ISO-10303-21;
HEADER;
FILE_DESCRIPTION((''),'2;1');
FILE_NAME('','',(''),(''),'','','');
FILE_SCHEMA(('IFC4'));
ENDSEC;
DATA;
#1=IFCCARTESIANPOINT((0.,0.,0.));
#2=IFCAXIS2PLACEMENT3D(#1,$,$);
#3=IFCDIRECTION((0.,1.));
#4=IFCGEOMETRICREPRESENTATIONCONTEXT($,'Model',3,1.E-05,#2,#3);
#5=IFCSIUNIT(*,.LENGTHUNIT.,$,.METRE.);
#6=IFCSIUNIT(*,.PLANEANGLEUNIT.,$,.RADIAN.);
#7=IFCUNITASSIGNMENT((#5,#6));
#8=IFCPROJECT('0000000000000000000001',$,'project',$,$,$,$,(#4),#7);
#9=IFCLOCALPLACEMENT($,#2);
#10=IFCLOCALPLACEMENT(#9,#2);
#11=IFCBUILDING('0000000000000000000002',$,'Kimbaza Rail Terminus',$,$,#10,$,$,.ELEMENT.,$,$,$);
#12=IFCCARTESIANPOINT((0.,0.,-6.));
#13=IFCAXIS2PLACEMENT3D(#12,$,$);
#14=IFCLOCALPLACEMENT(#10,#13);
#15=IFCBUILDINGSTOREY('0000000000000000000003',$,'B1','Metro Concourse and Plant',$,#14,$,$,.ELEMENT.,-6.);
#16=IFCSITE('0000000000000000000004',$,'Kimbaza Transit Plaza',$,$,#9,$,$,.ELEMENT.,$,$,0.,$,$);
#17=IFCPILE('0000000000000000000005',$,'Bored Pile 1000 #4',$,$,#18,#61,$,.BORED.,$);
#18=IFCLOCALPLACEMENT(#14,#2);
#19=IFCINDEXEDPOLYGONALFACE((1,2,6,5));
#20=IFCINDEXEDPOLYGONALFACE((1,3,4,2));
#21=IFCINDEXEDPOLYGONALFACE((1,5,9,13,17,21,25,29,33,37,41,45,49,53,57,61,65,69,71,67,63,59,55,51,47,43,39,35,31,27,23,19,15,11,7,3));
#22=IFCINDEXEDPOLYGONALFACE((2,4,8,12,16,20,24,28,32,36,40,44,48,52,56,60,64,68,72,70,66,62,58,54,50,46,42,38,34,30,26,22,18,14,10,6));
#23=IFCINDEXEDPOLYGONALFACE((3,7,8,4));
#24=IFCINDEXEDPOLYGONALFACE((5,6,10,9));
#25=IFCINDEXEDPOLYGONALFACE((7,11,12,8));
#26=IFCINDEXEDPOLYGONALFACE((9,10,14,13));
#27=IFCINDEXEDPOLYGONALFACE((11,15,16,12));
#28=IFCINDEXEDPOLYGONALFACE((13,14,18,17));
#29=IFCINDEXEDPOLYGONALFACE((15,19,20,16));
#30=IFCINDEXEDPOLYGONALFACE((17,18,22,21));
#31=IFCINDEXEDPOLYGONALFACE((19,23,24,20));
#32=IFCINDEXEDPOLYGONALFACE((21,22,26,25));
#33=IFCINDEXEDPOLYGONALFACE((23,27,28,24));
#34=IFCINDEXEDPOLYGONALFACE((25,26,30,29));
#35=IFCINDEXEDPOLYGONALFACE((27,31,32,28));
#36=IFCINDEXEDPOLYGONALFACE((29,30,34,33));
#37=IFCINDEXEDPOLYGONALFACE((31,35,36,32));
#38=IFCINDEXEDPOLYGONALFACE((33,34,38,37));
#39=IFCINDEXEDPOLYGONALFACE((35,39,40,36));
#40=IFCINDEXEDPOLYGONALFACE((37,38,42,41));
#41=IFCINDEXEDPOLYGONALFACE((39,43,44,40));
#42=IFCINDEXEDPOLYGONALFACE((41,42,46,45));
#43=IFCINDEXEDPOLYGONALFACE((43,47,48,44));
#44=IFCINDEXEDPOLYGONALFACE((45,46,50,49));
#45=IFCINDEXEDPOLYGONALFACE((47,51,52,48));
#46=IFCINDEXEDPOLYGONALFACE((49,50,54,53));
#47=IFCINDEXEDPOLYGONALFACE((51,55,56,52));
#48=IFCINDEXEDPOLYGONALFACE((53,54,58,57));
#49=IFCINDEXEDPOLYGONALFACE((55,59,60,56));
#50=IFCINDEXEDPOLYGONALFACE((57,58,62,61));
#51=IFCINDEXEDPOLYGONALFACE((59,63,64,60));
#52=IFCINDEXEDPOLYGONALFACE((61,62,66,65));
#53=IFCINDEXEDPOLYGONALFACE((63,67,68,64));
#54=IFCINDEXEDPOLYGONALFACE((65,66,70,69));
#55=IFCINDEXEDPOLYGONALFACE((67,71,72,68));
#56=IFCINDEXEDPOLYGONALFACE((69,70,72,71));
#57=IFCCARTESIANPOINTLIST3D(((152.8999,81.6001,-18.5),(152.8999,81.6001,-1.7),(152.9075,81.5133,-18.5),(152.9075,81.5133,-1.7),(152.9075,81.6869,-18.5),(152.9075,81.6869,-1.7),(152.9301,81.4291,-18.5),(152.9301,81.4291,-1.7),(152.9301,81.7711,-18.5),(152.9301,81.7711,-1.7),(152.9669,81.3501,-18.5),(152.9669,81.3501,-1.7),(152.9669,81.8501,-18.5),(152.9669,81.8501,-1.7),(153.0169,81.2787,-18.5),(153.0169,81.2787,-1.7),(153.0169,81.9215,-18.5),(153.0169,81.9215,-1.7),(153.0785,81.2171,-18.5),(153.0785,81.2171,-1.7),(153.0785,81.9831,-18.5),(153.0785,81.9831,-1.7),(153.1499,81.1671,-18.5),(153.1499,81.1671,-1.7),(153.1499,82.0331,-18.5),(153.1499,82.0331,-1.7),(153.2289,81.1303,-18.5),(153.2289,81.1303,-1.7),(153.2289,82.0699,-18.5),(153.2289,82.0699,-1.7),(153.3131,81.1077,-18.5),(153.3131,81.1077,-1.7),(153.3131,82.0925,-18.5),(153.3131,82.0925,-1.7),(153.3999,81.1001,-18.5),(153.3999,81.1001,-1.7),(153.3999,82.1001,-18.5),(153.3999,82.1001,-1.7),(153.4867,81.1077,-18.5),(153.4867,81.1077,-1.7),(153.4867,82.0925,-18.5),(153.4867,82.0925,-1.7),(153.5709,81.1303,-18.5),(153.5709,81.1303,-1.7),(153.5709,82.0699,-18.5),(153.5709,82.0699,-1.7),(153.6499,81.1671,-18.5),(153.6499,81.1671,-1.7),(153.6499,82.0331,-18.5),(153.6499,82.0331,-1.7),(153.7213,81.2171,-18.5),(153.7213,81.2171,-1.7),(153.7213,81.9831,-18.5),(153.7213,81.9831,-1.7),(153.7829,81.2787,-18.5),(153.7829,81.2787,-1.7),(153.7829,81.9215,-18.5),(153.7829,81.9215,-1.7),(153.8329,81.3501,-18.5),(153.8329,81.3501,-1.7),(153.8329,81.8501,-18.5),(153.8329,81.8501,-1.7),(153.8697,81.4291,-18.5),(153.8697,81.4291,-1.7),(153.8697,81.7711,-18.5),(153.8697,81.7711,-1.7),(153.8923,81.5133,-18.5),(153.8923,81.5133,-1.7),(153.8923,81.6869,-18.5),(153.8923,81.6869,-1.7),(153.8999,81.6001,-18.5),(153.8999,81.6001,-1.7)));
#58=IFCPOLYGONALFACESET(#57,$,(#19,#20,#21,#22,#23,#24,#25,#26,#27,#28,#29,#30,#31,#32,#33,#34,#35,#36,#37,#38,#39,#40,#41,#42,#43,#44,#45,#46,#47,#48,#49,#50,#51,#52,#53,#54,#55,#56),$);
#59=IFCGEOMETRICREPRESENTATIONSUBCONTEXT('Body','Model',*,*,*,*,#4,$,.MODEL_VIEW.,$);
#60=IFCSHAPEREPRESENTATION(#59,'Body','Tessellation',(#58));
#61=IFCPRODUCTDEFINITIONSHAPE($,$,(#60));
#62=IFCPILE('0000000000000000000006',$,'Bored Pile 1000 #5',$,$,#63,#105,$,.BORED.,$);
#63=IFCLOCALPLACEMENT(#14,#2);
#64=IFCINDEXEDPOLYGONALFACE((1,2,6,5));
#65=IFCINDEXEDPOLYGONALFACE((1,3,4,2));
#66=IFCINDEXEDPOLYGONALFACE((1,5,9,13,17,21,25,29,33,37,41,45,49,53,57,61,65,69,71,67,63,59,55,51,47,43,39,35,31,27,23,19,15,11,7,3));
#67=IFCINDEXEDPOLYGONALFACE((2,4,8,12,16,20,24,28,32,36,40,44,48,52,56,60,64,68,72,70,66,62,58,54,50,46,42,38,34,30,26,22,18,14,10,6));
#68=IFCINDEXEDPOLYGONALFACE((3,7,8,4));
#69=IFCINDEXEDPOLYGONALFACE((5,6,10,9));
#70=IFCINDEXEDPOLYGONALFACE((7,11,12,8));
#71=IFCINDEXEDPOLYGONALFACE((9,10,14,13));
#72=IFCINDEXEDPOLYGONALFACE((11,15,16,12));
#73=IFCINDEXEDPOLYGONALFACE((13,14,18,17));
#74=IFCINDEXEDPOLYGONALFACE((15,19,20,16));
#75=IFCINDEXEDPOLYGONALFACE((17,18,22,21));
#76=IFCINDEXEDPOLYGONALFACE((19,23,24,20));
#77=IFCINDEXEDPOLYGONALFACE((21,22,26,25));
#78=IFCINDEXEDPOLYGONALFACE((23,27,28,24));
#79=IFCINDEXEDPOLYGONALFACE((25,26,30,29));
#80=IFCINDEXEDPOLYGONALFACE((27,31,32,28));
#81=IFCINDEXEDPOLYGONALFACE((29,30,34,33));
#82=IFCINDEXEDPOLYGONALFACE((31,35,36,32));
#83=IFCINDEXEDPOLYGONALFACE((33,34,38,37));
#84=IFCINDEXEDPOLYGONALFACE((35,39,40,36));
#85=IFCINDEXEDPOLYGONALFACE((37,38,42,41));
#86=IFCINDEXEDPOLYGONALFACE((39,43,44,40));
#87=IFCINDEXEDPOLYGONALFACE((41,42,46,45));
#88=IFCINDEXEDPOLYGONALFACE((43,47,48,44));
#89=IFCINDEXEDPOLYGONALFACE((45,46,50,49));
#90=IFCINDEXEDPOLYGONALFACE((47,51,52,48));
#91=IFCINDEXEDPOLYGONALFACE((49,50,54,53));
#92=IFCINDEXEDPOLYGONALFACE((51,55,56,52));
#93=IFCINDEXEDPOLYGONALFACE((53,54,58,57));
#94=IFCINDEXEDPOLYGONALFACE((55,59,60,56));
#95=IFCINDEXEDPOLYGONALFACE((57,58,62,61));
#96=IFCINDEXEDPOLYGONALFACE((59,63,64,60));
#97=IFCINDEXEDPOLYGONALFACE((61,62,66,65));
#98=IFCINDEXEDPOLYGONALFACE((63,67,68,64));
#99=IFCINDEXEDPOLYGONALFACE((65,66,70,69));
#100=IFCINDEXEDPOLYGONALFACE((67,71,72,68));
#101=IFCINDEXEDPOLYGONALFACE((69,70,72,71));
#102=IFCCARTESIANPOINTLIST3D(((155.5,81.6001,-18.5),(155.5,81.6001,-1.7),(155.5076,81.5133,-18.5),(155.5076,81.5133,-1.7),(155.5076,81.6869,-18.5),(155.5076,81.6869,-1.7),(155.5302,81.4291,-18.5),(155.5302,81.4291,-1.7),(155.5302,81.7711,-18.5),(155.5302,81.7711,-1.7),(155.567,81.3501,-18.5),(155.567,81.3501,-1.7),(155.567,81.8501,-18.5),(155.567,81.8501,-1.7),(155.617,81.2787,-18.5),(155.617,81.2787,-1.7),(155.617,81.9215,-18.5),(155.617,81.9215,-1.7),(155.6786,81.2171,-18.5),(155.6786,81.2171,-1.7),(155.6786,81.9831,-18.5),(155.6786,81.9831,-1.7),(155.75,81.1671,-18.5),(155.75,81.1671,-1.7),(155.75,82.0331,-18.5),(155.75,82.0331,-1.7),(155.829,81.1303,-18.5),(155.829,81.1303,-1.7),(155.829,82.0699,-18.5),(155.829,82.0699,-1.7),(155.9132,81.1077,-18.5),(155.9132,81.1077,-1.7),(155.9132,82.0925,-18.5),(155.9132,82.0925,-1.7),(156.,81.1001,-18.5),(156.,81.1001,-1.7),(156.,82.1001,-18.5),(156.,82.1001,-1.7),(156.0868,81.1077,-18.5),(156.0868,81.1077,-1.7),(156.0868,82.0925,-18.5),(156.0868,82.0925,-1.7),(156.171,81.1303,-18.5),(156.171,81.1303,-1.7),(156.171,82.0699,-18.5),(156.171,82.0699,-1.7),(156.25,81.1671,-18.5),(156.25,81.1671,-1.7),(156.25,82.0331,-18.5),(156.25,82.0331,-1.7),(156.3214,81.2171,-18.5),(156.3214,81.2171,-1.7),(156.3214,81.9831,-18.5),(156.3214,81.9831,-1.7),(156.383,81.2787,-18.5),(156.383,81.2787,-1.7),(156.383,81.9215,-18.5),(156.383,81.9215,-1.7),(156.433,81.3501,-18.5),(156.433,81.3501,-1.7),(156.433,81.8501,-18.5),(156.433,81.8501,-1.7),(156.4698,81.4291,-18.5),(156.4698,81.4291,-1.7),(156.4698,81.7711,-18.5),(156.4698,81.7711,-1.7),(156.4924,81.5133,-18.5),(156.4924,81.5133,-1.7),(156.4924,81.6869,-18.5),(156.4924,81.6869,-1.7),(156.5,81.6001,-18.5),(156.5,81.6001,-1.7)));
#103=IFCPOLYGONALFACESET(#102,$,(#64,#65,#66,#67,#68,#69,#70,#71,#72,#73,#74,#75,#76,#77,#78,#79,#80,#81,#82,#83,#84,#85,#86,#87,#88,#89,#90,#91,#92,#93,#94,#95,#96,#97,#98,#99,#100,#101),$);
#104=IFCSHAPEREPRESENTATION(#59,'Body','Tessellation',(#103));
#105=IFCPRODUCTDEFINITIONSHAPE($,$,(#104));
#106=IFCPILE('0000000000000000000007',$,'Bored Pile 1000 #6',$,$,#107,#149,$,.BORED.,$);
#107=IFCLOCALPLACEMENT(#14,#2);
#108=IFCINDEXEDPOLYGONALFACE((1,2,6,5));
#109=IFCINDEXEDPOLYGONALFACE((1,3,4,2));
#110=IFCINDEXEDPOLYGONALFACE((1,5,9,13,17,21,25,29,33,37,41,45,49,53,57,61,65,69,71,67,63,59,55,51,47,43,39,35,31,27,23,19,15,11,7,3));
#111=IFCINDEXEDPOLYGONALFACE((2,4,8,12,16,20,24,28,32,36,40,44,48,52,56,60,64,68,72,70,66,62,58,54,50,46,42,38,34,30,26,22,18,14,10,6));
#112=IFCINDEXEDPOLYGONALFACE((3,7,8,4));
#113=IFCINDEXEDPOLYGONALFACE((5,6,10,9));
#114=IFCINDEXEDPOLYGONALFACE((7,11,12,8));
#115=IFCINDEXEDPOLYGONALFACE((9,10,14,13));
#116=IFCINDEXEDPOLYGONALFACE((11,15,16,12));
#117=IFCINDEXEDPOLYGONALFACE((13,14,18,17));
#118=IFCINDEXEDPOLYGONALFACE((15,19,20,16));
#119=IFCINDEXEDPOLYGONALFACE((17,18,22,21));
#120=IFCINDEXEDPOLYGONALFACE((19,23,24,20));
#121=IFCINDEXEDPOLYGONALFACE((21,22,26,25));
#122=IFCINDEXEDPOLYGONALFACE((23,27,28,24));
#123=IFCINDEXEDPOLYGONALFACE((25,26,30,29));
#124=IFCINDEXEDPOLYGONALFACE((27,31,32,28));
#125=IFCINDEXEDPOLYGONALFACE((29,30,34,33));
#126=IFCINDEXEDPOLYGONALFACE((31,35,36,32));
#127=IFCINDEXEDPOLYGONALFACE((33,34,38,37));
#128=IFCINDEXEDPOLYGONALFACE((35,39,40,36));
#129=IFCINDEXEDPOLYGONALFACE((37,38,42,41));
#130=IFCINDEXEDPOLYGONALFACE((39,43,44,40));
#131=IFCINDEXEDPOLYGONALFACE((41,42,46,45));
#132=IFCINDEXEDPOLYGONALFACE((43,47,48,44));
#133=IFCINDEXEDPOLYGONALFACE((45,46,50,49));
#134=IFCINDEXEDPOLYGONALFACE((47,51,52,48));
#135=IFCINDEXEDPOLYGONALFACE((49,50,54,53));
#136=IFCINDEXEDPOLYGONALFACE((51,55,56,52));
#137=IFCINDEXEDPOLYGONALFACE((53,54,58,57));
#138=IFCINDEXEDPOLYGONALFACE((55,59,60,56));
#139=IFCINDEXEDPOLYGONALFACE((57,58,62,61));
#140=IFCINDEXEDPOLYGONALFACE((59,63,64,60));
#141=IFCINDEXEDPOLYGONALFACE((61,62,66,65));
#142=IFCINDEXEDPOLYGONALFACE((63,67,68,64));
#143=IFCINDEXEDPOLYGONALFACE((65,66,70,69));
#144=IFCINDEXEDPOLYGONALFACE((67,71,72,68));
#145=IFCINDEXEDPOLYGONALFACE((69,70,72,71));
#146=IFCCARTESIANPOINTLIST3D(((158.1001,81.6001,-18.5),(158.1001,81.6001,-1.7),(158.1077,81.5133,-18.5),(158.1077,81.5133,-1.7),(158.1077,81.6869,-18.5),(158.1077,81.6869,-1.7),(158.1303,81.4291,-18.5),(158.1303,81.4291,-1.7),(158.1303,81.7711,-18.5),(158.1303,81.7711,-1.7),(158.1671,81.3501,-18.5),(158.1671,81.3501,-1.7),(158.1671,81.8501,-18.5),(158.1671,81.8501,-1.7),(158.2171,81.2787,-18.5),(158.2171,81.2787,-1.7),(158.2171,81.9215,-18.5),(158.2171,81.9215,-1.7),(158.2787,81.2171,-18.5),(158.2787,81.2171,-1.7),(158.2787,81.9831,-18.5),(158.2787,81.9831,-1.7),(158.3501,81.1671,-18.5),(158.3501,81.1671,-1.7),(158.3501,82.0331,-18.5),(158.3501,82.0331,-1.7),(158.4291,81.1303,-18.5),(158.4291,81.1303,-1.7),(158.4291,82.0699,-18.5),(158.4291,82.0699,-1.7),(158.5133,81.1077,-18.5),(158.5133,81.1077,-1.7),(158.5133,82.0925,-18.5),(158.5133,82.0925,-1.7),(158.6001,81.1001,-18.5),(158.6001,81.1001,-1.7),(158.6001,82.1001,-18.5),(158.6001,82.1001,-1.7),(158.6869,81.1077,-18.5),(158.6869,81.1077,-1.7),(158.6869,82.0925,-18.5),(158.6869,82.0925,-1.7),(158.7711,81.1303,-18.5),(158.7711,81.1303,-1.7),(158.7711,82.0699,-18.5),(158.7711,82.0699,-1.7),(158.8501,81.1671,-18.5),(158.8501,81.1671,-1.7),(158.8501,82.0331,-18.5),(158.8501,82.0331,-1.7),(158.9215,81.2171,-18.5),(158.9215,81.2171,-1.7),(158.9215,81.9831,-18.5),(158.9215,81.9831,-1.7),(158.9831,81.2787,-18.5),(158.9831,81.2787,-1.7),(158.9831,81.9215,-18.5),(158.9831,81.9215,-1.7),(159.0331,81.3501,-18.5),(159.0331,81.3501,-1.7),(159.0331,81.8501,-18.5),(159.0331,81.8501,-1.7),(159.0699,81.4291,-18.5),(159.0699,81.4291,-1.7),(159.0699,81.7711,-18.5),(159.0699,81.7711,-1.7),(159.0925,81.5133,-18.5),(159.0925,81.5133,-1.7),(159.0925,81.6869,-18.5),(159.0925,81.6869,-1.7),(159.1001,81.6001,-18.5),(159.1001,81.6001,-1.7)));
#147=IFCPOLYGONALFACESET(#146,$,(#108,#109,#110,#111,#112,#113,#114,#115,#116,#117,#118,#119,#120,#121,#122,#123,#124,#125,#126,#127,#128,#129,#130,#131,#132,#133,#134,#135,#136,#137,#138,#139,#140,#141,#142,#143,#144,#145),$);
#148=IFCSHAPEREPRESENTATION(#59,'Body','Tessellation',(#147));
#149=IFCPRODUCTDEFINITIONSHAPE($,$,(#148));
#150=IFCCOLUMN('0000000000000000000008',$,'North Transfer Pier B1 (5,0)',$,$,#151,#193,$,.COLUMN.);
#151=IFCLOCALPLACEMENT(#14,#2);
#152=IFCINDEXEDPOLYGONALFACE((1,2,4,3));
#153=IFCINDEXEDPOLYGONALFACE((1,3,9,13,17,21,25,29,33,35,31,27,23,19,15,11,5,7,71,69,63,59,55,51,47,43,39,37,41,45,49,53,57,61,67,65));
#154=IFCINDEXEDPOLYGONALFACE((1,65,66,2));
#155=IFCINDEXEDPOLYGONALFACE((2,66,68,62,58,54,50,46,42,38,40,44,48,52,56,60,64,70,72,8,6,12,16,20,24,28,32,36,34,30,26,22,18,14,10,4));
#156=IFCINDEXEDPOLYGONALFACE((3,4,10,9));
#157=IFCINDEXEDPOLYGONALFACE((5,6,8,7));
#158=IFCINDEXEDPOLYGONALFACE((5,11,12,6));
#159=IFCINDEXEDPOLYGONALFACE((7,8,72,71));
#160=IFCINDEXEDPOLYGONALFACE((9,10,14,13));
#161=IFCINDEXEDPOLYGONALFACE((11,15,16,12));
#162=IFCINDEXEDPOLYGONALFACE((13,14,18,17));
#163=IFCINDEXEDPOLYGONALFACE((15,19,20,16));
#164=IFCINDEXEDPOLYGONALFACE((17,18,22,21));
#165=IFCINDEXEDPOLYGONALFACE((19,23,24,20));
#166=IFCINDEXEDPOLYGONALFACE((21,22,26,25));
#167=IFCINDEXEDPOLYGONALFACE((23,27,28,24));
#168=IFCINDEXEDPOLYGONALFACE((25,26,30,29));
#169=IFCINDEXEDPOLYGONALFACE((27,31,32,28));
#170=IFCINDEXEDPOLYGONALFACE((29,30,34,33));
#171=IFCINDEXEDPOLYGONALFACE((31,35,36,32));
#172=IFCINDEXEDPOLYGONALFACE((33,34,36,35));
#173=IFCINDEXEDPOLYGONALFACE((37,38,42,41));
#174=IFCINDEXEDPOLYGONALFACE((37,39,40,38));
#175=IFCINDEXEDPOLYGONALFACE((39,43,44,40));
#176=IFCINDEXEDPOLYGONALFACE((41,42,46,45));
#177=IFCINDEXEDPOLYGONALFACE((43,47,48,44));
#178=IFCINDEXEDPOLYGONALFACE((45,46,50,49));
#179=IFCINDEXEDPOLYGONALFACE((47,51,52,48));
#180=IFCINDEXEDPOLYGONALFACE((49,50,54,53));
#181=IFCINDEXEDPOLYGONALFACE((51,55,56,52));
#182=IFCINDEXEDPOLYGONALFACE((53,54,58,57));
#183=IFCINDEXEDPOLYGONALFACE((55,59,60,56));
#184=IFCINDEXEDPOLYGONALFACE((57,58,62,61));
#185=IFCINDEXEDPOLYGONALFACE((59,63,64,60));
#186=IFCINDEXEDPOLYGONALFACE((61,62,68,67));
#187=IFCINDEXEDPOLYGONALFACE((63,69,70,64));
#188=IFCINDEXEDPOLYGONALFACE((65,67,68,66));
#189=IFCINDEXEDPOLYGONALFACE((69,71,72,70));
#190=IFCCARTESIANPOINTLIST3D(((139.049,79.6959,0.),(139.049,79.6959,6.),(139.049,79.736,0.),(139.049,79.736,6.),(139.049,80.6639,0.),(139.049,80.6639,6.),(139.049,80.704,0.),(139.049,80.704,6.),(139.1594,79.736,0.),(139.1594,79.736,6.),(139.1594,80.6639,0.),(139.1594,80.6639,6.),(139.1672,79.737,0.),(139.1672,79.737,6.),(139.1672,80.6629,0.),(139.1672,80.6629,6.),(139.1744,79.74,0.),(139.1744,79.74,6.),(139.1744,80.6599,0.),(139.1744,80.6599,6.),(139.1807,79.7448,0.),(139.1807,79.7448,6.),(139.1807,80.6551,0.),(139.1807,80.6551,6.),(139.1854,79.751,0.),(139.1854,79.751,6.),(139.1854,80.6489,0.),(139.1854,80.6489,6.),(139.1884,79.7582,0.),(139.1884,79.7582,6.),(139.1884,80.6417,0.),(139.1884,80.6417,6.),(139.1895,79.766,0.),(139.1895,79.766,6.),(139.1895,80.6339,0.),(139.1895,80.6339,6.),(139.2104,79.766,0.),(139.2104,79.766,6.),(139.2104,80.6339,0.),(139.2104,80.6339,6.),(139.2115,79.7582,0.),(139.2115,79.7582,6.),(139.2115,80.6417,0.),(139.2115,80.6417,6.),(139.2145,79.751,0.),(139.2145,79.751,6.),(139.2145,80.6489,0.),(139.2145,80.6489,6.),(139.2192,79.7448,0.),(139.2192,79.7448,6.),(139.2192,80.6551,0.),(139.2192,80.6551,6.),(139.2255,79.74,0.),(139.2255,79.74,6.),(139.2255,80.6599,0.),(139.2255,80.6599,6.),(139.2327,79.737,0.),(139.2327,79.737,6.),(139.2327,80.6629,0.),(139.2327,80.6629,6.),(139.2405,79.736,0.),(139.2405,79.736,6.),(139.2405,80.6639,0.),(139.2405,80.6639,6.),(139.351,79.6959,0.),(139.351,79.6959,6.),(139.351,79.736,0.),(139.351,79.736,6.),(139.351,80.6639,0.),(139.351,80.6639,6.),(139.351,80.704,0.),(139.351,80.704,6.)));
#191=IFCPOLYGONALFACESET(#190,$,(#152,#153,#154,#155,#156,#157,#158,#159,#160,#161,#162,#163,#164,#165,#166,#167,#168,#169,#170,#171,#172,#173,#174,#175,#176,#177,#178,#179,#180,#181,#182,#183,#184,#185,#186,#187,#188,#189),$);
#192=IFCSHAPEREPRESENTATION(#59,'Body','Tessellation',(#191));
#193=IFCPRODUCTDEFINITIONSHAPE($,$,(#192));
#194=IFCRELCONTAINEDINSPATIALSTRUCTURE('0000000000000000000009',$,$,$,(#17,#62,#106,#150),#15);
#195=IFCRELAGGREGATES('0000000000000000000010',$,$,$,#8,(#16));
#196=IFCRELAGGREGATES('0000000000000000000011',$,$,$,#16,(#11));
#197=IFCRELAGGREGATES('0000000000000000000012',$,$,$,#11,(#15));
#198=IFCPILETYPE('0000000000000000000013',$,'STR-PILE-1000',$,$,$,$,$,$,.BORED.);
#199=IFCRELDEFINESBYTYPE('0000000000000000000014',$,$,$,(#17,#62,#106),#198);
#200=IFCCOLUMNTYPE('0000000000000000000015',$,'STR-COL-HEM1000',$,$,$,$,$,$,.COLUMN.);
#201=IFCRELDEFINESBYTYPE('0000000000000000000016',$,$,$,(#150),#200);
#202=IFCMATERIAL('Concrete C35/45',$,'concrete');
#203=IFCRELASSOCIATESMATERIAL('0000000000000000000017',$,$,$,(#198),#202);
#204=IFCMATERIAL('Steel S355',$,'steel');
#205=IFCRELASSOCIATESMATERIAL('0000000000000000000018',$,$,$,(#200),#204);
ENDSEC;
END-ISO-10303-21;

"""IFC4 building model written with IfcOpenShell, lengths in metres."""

from ifc_helpers import new_model, si_unit, direction, frame, origin, origin_2d, place, context, subcontext, project, spatial, circle, i_section, extrude, material, material_profile, profile_set, type_object, element, save


model = new_model("IFC4")

# Units and contexts
model_context = context("Model", 3, precision=1e-05, world=origin(), true_north=direction((0.0, 1.0)))
body_context = subcontext(model_context, "Body", "Model", "MODEL_VIEW")
ifc_project = project(units=[si_unit("LENGTHUNIT", "METRE"), si_unit("PLANEANGLEUNIT", "RADIAN")], contexts=[model_context])

# Site, building, storey
site_placement = place(None, origin())
site = spatial("IfcSite", under=ifc_project, at=site_placement, Name="Kimbaza Transit Plaza", CompositionType="ELEMENT", RefElevation=0.0)
building_placement = place(site_placement, origin())
building = spatial("IfcBuilding", under=site, at=building_placement, Name="Kimbaza Rail Terminus", CompositionType="ELEMENT")
storey_placement = place(building_placement, frame((0.0, 0.0, -6.0)))
storey = spatial("IfcBuildingStorey", under=building, at=storey_placement, Name="B1", Description="Metro Concourse and Plant", CompositionType="ELEMENT", Elevation=-6.0)

# Piles
ifc_material_1 = material(Name="Concrete C35/45", Category="concrete")
ifc_material_profile_1 = material_profile(ifc_material_1, circle(Radius=0.5, at=origin_2d()), Name="BORED PILE 1000")
ifc_profile_set_1 = profile_set([ifc_material_profile_1], Name="Concrete C35/45")
pile_type = type_object("IfcPileType", Name="STR-PILE-1000", PredefinedType="BORED", material=ifc_profile_set_1)
for number, where, z_axis, x_axis, name in (
    (1, (153.3999, 81.6001, -1.7), (0.0, 0.0, -1.0), (1.0, 0.0, 0.0), "Bored Pile 1000 #4"),
    (2, (156.0, 81.6001, -1.7), (0.0, 0.0, -1.0), (1.0, 0.0, 0.0), "Bored Pile 1000 #5"),
    (3, (158.6001, 81.6001, -1.7), (0.0, 0.0, -1.0), (1.0, 0.0, 0.0), "Bored Pile 1000 #6"),
):
    element("IfcPile", number, at=place(storey_placement, frame(where, z_axis=z_axis, x_axis=x_axis)), inside=storey, type_object=pile_type, Name=name, PredefinedType="BORED", context=body_context, shape_type="SweptSolid", body=[
        extrude(circle(Radius=0.5, at=origin_2d()), origin(), (0.0, 0.0, 1.0), 16.8),
    ])

# Column
ifc_material_2 = material(Name="Steel S355", Category="steel")
ifc_material_profile_2 = material_profile(ifc_material_2, i_section(OverallWidth=0.302, OverallDepth=1.0081, WebThickness=0.021, FlangeThickness=0.04, FilletRadius=0.03, at=origin_2d()), Name="HEM 1000")
ifc_profile_set_2 = profile_set([ifc_material_profile_2], Name="Steel S355")
column_type = type_object("IfcColumnType", Name="STR-COL-HEM1000", PredefinedType="COLUMN", material=ifc_profile_set_2)
for number, where, z_axis, x_axis, name in (
    (4, (139.2, 80.2, 0.0), (0.0, 0.0, 1.0), (1.0, 0.0, 0.0), "North Transfer Pier B1 (5,0)"),
):
    element("IfcColumn", number, at=place(storey_placement, frame(where, z_axis=z_axis, x_axis=x_axis)), inside=storey, type_object=column_type, Name=name, PredefinedType="COLUMN", context=body_context, shape_type="SweptSolid", body=[
        extrude(i_section(OverallWidth=0.302, OverallDepth=1.0081, WebThickness=0.021, FlangeThickness=0.04, FilletRadius=0.03, at=origin_2d()), origin(), (0.0, 0.0, 1.0), 6.0),
    ])

save(model, "model.ifc")
